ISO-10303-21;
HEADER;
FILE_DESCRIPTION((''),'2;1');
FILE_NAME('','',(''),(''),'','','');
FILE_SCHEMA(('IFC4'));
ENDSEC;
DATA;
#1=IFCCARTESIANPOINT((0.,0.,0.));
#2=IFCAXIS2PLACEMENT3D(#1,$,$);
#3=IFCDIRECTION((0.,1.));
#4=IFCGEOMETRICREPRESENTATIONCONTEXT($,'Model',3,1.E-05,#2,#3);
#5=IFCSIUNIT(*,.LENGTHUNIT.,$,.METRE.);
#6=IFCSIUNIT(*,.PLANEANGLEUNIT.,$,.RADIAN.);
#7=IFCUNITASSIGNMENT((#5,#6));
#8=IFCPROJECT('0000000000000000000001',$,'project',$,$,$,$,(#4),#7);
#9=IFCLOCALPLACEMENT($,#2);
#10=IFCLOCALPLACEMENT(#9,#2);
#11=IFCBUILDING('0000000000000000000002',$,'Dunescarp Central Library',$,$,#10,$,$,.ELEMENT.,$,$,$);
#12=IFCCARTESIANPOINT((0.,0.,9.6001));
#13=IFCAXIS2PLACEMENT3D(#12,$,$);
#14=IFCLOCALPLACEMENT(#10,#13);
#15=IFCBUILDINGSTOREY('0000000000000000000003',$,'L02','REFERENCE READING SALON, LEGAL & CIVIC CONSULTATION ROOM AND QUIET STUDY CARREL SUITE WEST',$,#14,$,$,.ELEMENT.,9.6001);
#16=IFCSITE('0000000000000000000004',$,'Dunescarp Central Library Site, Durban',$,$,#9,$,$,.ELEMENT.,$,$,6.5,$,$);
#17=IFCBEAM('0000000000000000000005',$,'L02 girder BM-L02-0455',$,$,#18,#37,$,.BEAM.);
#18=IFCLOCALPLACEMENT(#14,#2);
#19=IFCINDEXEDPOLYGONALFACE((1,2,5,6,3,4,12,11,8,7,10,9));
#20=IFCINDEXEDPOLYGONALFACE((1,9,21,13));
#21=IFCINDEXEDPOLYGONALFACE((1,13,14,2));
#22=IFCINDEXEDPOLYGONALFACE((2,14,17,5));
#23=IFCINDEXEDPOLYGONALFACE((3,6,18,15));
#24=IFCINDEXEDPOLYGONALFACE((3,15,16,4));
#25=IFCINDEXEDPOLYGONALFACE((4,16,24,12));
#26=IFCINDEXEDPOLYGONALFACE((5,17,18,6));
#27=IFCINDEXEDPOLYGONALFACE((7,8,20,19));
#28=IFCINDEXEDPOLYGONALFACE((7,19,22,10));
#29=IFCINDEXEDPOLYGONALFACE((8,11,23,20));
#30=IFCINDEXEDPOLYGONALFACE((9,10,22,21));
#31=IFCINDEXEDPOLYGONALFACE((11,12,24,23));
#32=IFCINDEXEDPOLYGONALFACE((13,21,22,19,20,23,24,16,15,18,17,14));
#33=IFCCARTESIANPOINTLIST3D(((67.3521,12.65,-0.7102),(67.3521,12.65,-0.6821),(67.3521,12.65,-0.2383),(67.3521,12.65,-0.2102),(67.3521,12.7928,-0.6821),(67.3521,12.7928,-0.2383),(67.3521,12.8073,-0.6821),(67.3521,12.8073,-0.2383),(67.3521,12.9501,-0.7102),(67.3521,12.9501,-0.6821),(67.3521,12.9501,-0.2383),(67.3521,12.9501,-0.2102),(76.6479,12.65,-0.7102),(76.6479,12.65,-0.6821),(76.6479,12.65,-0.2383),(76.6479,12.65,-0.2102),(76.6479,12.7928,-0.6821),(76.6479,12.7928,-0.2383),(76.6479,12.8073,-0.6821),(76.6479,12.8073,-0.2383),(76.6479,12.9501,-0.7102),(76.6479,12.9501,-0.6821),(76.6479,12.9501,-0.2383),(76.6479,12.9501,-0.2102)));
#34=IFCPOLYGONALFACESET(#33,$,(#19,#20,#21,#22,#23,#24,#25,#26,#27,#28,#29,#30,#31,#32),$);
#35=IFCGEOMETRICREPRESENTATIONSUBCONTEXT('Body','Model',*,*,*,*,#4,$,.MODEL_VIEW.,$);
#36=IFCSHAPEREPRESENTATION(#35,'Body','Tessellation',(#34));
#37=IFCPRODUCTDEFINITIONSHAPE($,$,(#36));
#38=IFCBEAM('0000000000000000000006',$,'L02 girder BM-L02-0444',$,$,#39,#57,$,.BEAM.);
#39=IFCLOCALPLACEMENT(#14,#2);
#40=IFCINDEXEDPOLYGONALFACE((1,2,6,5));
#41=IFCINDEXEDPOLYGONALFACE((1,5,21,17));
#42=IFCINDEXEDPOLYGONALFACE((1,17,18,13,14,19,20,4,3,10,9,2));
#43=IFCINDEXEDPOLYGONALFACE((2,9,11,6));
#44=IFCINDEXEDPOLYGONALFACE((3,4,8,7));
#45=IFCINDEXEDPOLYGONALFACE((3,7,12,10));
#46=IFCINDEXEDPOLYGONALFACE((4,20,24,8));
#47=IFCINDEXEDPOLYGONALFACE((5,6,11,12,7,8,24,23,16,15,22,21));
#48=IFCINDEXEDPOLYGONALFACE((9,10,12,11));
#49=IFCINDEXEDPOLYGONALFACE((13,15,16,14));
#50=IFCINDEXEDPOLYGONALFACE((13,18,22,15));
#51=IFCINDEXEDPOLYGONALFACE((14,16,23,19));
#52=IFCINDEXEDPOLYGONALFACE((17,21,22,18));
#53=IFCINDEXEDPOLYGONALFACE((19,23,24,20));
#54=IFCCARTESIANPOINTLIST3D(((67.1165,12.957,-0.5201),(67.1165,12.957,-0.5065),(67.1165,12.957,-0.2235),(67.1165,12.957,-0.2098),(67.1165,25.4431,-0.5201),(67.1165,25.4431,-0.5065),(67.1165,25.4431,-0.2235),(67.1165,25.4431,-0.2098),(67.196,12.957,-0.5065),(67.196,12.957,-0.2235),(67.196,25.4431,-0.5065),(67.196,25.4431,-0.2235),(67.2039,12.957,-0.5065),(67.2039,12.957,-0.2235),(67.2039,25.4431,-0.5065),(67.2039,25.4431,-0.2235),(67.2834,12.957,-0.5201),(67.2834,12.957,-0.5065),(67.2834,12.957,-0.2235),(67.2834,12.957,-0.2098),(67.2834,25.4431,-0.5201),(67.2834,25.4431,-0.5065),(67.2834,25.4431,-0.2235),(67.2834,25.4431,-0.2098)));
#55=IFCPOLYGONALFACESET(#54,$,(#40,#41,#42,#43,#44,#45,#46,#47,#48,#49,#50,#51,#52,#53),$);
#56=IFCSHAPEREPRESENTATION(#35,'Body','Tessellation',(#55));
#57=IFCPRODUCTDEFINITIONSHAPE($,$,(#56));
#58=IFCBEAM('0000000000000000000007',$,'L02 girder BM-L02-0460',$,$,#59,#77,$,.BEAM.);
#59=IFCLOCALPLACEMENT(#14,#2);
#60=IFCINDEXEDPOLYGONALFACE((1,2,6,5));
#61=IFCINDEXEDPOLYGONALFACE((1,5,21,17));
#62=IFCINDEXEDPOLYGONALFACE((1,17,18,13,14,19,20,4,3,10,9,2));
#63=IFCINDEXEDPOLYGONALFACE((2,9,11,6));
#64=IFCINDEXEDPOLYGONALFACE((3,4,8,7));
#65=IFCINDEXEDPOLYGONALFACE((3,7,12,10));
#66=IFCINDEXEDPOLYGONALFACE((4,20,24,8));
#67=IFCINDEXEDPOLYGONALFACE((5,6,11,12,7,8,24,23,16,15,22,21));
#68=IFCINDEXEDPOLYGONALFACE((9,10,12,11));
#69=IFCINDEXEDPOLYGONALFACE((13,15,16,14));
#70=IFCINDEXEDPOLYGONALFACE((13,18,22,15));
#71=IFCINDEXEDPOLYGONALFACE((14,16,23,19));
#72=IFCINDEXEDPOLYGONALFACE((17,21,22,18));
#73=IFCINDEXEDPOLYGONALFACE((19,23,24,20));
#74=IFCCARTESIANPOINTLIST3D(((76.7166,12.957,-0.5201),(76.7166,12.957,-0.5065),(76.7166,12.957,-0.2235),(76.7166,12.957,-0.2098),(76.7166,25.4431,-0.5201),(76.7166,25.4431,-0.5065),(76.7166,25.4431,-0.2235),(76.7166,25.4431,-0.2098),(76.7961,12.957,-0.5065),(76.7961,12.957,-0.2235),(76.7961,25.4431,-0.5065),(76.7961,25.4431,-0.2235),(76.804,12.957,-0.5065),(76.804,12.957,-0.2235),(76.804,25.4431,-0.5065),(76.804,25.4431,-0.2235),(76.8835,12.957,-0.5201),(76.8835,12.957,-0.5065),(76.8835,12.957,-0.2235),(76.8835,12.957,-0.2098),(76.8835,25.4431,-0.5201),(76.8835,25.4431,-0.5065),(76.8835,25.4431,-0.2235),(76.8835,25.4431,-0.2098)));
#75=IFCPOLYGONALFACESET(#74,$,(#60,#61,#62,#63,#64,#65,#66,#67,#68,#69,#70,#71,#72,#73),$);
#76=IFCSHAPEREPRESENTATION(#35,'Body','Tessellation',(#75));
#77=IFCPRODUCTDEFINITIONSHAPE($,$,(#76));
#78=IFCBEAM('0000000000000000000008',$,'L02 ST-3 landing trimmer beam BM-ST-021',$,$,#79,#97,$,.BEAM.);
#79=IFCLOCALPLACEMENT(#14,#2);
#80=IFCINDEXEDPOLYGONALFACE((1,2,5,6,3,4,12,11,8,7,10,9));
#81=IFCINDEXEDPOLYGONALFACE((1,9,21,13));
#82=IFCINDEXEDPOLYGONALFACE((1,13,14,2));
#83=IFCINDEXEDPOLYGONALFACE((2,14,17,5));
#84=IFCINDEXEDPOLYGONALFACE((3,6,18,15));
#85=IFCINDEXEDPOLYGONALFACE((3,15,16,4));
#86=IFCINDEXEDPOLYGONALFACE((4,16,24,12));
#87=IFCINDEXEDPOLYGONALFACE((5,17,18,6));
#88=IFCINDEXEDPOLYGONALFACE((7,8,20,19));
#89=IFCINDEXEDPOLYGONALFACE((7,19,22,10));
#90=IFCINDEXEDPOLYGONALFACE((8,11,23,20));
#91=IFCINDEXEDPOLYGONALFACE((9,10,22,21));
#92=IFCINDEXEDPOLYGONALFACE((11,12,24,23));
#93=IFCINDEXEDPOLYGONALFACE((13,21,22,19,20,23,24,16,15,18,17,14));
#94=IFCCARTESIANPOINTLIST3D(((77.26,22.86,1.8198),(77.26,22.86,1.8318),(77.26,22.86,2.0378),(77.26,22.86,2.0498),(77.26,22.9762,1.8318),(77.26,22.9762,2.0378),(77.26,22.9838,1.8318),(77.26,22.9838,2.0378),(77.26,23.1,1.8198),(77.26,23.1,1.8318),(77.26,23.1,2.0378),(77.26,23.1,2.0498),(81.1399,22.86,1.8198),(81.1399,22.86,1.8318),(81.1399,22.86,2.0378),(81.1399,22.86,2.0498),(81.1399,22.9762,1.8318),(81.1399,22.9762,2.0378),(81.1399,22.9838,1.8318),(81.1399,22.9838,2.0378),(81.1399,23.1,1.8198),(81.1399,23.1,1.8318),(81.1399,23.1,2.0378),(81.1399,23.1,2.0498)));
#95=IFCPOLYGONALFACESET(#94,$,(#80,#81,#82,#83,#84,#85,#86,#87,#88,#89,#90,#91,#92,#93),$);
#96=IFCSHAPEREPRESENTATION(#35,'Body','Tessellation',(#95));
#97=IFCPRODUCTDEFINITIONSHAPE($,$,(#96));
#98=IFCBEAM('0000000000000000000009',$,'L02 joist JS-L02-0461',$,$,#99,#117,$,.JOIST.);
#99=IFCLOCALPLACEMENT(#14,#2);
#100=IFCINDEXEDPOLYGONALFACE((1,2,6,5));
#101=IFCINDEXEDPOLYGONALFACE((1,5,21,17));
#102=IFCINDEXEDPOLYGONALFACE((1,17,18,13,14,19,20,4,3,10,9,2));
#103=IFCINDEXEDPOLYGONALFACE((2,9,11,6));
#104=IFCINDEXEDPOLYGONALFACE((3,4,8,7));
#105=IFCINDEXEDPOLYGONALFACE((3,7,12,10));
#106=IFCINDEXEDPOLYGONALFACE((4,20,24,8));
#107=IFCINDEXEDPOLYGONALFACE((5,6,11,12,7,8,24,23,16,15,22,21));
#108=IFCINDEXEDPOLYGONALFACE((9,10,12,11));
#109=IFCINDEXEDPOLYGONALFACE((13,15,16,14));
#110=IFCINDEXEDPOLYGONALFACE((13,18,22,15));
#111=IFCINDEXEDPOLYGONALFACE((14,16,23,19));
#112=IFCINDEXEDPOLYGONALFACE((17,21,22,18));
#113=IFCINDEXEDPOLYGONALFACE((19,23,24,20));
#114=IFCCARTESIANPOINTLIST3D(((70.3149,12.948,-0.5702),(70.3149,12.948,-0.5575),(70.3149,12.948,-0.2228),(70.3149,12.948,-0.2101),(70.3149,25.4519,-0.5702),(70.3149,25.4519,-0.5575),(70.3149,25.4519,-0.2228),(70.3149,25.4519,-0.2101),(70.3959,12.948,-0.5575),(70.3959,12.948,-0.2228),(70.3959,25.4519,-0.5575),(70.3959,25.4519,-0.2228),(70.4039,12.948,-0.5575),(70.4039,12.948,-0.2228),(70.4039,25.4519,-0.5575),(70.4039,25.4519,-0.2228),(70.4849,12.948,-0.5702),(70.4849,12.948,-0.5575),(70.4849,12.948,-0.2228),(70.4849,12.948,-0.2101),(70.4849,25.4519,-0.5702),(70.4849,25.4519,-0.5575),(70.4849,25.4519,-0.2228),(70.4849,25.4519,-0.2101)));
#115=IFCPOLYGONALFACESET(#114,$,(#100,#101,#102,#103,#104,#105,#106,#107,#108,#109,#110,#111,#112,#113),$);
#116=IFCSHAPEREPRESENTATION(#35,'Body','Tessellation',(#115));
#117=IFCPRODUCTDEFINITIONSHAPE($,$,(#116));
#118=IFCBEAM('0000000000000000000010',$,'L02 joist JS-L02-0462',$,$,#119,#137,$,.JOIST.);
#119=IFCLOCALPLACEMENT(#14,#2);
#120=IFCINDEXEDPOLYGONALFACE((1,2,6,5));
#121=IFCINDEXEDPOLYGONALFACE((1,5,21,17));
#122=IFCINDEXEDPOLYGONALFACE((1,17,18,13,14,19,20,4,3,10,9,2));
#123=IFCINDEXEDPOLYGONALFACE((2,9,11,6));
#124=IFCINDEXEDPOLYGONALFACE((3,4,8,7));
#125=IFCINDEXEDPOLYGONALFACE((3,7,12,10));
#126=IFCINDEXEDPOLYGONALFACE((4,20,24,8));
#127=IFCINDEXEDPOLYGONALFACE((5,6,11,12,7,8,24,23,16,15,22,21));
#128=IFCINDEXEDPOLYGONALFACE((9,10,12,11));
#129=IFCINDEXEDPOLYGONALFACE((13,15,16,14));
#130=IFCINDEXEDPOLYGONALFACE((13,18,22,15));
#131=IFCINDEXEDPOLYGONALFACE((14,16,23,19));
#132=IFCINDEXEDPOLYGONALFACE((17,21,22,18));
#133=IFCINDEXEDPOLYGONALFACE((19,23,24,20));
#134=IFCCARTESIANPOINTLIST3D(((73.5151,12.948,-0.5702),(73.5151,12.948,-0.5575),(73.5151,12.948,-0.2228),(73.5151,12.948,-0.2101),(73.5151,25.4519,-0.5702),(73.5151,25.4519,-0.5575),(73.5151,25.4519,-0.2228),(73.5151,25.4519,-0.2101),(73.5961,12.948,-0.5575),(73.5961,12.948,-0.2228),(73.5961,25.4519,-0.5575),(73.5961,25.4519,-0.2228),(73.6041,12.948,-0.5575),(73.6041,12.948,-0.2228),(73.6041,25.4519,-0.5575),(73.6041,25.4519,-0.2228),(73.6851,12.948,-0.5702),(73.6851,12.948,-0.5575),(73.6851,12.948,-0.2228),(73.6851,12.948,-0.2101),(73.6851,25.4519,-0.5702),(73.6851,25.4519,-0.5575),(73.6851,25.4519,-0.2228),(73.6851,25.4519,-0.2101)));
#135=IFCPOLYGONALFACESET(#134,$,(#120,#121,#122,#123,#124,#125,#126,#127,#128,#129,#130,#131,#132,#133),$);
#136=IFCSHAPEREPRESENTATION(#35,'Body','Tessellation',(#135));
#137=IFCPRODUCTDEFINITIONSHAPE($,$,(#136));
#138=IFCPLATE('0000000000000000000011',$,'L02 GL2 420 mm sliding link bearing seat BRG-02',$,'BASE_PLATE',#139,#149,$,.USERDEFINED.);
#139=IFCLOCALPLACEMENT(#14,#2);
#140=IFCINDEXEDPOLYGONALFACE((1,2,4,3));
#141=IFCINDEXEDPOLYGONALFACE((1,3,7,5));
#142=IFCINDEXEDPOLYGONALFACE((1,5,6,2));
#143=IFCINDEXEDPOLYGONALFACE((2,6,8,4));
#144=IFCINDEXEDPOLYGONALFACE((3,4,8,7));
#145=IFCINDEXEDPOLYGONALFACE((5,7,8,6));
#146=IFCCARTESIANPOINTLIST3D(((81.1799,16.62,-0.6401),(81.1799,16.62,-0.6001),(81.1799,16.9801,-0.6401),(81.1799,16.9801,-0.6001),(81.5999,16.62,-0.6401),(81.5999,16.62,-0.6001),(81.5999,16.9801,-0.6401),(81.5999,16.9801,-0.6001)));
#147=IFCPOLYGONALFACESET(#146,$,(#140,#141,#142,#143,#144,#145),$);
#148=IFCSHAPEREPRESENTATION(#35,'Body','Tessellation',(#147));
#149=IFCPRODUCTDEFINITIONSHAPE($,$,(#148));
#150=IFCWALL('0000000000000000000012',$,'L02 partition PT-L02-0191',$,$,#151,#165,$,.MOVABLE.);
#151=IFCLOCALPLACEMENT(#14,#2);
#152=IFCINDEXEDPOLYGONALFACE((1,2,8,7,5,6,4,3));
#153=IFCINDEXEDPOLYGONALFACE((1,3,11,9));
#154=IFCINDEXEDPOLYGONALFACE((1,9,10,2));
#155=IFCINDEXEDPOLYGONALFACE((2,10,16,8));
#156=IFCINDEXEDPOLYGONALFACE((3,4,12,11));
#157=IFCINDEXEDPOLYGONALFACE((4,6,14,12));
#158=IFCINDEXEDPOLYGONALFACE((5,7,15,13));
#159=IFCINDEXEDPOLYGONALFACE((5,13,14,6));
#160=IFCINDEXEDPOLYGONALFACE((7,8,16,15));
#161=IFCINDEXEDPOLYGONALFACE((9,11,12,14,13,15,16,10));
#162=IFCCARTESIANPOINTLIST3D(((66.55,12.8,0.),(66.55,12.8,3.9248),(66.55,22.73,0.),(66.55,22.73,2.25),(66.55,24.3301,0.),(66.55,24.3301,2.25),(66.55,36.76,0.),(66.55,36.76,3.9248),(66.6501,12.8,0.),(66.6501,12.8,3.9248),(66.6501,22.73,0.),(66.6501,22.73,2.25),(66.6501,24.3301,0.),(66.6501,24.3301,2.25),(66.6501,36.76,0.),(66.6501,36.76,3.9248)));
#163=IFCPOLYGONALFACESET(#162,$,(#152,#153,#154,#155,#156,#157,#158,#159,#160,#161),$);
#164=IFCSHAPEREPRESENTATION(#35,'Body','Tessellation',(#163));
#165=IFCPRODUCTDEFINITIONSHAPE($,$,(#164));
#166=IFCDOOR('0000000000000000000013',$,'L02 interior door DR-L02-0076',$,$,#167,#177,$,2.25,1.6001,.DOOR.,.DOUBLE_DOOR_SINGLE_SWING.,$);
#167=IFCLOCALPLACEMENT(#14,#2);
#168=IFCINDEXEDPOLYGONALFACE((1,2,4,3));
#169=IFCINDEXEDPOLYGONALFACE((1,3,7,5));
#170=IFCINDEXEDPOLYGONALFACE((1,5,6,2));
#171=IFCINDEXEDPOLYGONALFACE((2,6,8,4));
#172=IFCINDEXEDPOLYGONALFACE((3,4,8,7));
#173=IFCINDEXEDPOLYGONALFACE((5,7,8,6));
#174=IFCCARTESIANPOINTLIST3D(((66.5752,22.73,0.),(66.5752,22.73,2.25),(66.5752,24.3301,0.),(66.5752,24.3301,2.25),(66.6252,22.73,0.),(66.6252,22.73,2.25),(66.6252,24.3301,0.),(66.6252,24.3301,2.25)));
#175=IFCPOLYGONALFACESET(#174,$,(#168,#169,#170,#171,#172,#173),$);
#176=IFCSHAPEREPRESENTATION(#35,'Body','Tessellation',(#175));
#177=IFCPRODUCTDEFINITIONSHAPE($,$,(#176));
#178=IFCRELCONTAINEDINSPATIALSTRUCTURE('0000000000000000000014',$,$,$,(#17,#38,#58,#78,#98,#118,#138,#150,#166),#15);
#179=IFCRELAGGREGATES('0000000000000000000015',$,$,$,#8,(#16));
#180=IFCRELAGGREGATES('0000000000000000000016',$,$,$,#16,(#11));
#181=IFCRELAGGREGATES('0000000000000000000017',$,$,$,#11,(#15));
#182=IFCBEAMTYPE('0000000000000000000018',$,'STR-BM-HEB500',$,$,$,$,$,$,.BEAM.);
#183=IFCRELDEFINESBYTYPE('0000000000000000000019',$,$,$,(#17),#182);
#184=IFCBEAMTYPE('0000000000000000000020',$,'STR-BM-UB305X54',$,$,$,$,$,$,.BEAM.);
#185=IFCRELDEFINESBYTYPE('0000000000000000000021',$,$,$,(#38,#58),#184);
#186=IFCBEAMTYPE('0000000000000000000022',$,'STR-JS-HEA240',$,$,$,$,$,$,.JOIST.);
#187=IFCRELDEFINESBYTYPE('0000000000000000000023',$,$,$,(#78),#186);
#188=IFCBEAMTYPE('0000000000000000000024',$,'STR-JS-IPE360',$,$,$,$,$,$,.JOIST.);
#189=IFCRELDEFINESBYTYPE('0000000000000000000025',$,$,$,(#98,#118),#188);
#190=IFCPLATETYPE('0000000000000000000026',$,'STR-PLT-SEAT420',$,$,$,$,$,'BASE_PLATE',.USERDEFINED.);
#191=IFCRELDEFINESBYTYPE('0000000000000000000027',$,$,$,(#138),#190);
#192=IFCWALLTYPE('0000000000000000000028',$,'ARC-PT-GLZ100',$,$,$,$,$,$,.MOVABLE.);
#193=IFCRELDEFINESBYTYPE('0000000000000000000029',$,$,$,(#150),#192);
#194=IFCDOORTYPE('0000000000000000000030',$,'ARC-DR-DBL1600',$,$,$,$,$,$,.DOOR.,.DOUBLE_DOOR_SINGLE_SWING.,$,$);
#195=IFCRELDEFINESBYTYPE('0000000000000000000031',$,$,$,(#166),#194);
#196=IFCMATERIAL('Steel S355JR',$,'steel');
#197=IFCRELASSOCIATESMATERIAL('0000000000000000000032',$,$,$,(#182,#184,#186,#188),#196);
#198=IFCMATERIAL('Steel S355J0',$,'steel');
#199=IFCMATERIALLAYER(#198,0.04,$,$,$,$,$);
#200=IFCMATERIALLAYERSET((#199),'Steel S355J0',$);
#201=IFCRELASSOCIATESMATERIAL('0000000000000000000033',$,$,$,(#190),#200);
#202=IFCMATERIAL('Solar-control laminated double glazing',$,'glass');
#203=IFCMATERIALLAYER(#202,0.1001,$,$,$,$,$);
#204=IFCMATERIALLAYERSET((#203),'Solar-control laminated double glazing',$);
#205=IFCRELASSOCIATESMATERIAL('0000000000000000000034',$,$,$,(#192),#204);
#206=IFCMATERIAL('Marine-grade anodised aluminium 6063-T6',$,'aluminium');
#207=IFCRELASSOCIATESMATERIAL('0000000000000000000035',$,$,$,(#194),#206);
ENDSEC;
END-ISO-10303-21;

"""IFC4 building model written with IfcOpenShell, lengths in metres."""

from ifc_helpers import new_model, si_unit, direction, frame, frame_2d, origin, origin_2d, place, context, subcontext, project, spatial, rectangle, i_section, extrude, material, layer, layer_set, material_profile, profile_set, type_object, element, fill, save


model = new_model("IFC4")

# Units and contexts
model_context = context("Model", 3, precision=1e-05, world=origin(), true_north=direction((0.0, 1.0)))
body_context = subcontext(model_context, "Body", "Model", "MODEL_VIEW")
ifc_project = project(units=[si_unit("LENGTHUNIT", "METRE"), si_unit("PLANEANGLEUNIT", "RADIAN")], contexts=[model_context])

# Site, building, storey
site_placement = place(None, origin())
site = spatial("IfcSite", under=ifc_project, at=site_placement, Name="Dunescarp Central Library Site, Durban", CompositionType="ELEMENT", RefElevation=6.5)
building_placement = place(site_placement, origin())
building = spatial("IfcBuilding", under=site, at=building_placement, Name="Dunescarp Central Library", CompositionType="ELEMENT")
storey_placement = place(building_placement, frame((0.0, 0.0, 9.6001)))
storey = spatial("IfcBuildingStorey", under=building, at=storey_placement, Name="L02", Description="REFERENCE READING SALON, LEGAL & CIVIC CONSULTATION ROOM AND QUIET STUDY CARREL SUITE WEST", CompositionType="ELEMENT", Elevation=9.6001)

# Shared definitions
ifc_material_1 = material(Name="Steel S355JR", Category="steel")

# Beams
ifc_material_profile_1 = material_profile(ifc_material_1, i_section(OverallWidth=0.3, OverallDepth=0.5, WebThickness=0.0144, FlangeThickness=0.0281, at=origin_2d()), Name="HEB 500")
ifc_profile_set_1 = profile_set([ifc_material_profile_1], Name="Steel S355JR")
beam_type_1 = type_object("IfcBeamType", Name="STR-BM-HEB500", PredefinedType="BEAM", material=ifc_profile_set_1)
beam_1_placement = place(storey_placement, frame((67.3521, 12.8, -0.4602), z_axis=(1.0, 0.0, 0.0), x_axis=(0.0, 1.0, 0.0)))
element("IfcBeam", 1, at=beam_1_placement, inside=storey, type_object=beam_type_1, Name="L02 girder BM-L02-0455", PredefinedType="BEAM", context=body_context, shape_type="SweptSolid", body=[
    extrude(i_section(OverallWidth=0.3, OverallDepth=0.5, WebThickness=0.0144, FlangeThickness=0.0281, at=origin_2d()), origin(), (0.0, 0.0, 1.0), 9.2959),
])
ifc_material_profile_2 = material_profile(ifc_material_1, i_section(OverallWidth=0.167, OverallDepth=0.3103, WebThickness=0.0078, FlangeThickness=0.0137, at=origin_2d()), Name="UB 305x165x54")
ifc_profile_set_2 = profile_set([ifc_material_profile_2], Name="Steel S355JR")
beam_type_2 = type_object("IfcBeamType", Name="STR-BM-UB305X54", PredefinedType="BEAM", material=ifc_profile_set_2)
for number, where, z_axis, x_axis, name in (
    (2, (67.2, 12.957, -0.365), (0.0, 1.0, 0.0), (-1.0, 0.0, 0.0), "L02 girder BM-L02-0444"),
    (3, (76.8, 12.957, -0.365), (0.0, 1.0, 0.0), (-1.0, 0.0, 0.0), "L02 girder BM-L02-0460"),
):
    element("IfcBeam", number, at=place(storey_placement, frame(where, z_axis=z_axis, x_axis=x_axis)), inside=storey, type_object=beam_type_2, Name=name, PredefinedType="BEAM", context=body_context, shape_type="SweptSolid", body=[
        extrude(i_section(OverallWidth=0.167, OverallDepth=0.3103, WebThickness=0.0078, FlangeThickness=0.0137, at=origin_2d()), origin(), (0.0, 0.0, 1.0), 12.4861),
    ])
ifc_material_profile_3 = material_profile(ifc_material_1, i_section(OverallWidth=0.24, OverallDepth=0.23, WebThickness=0.0076, FlangeThickness=0.012, at=origin_2d()), Name="HEA 240")
ifc_profile_set_3 = profile_set([ifc_material_profile_3], Name="Steel S355JR")
beam_type_3 = type_object("IfcBeamType", Name="STR-JS-HEA240", PredefinedType="JOIST", material=ifc_profile_set_3)
beam_2_placement = place(storey_placement, frame((77.26, 22.98, 1.9348), z_axis=(1.0, 0.0, 0.0), x_axis=(0.0, 1.0, 0.0)))
element("IfcBeam", 4, at=beam_2_placement, inside=storey, type_object=beam_type_3, Name="L02 ST-3 landing trimmer beam BM-ST-021", PredefinedType="BEAM", context=body_context, shape_type="SweptSolid", body=[
    extrude(i_section(OverallWidth=0.24, OverallDepth=0.23, WebThickness=0.0076, FlangeThickness=0.012, at=origin_2d()), origin(), (0.0, 0.0, 1.0), 3.8799),
])
ifc_material_profile_4 = material_profile(ifc_material_1, i_section(OverallWidth=0.1699, OverallDepth=0.3601, WebThickness=0.0081, FlangeThickness=0.0127, at=origin_2d()), Name="IPE 360")
ifc_profile_set_4 = profile_set([ifc_material_profile_4], Name="Steel S355JR")
beam_type_4 = type_object("IfcBeamType", Name="STR-JS-IPE360", PredefinedType="JOIST", material=ifc_profile_set_4)
for number, where, z_axis, x_axis, name in (
    (5, (70.3999, 12.948, -0.3901), (0.0, 1.0, 0.0), (-1.0, 0.0, 0.0), "L02 joist JS-L02-0461"),
    (6, (73.6001, 12.948, -0.3901), (0.0, 1.0, 0.0), (-1.0, 0.0, 0.0), "L02 joist JS-L02-0462"),
):
    element("IfcBeam", number, at=place(storey_placement, frame(where, z_axis=z_axis, x_axis=x_axis)), inside=storey, type_object=beam_type_4, Name=name, PredefinedType="JOIST", context=body_context, shape_type="SweptSolid", body=[
        extrude(i_section(OverallWidth=0.1699, OverallDepth=0.3601, WebThickness=0.0081, FlangeThickness=0.0127, at=origin_2d()), origin(), (0.0, 0.0, 1.0), 12.5039),
    ])

# Plate
ifc_material_2 = material(Name="Steel S355J0", Category="steel")
ifc_layer_1 = layer(ifc_material_2, 0.04)
ifc_layer_set_1 = layer_set([ifc_layer_1], Name="Steel S355J0")
plate_type = type_object("IfcPlateType", Name="STR-PLT-SEAT420", ElementType="BASE_PLATE", PredefinedType="USERDEFINED", material=ifc_layer_set_1)
plate_placement = place(storey_placement, frame((81.3899, 16.8, -0.6401), z_axis=(0.0, 0.0, 1.0), x_axis=(1.0, 0.0, 0.0)))
element("IfcPlate", 7, at=plate_placement, inside=storey, type_object=plate_type, Name="L02 GL2 420 mm sliding link bearing seat BRG-02", ObjectType="BASE_PLATE", PredefinedType="USERDEFINED", context=body_context, shape_type="SweptSolid", body=[
    extrude(rectangle(XDim=0.4199, YDim=0.3601, at=origin_2d()), origin(), (0.0, 0.0, 1.0), 0.04),
])

# Wall, opening, door
ifc_material_3 = material(Name="Solar-control laminated double glazing", Category="glass")
ifc_layer_2 = layer(ifc_material_3, 0.1001)
ifc_layer_set_2 = layer_set([ifc_layer_2], Name="Solar-control laminated double glazing")
wall_type_1 = type_object("IfcWallType", Name="ARC-PT-GLZ100", PredefinedType="MOVABLE", material=ifc_layer_set_2)
wall_1_placement = place(storey_placement, frame((66.6001, 12.8, 0.0), z_axis=(0.0, 0.0, 1.0), x_axis=(0.0, 1.0, 0.0)))
wall_1 = element("IfcWall", 8, at=wall_1_placement, inside=storey, type_object=wall_type_1, Name="L02 partition PT-L02-0191", PredefinedType="MOVABLE", context=body_context, shape_type="SweptSolid", body=[
    extrude(rectangle(XDim=23.96, YDim=0.1001, at=frame_2d((11.98, 0.0))), origin(), (0.0, 0.0, 1.0), 3.9248),
])
opening_1_placement = place(wall_1_placement, frame((9.9299, 0.0, 0.0)))
opening_1 = element("IfcOpeningElement", 9, at=opening_1_placement, cuts=wall_1, PredefinedType="OPENING", context=body_context, shape_type="SweptSolid", body=[
    extrude(rectangle(XDim=1.6001, YDim=2.25, at=frame_2d((0.8, 1.125))), frame((0.0, 0.0601, 0.0), z_axis=(0.0, -1.0, 0.0), x_axis=(1.0, 0.0, 0.0)), (0.0, 0.0, 1.0), 0.1201),
])
ifc_material_4 = material(Name="Marine-grade anodised aluminium 6063-T6", Category="aluminium")
door_type_1 = type_object("IfcDoorType", Name="ARC-DR-DBL1600", OperationType="DOUBLE_DOOR_SINGLE_SWING", PredefinedType="DOOR", material=ifc_material_4)
door_1_placement = place(opening_1_placement, origin())
door_1 = element("IfcDoor", 10, at=door_1_placement, inside=storey, type_object=door_type_1, Name="L02 interior door DR-L02-0076", OperationType="DOUBLE_DOOR_SINGLE_SWING", OverallHeight=2.25, OverallWidth=1.6001, PredefinedType="DOOR", context=body_context, shape_type="SweptSolid", body=[
    extrude(rectangle(XDim=1.6001, YDim=2.25, at=frame_2d((0.8, 1.125))), frame((0.0, 0.0249, 0.0), z_axis=(0.0, -1.0, 0.0), x_axis=(1.0, 0.0, 0.0)), (0.0, 0.0, 1.0), 0.05),
])
fill(opening_1, door_1)

save(model, "model.ifc")
